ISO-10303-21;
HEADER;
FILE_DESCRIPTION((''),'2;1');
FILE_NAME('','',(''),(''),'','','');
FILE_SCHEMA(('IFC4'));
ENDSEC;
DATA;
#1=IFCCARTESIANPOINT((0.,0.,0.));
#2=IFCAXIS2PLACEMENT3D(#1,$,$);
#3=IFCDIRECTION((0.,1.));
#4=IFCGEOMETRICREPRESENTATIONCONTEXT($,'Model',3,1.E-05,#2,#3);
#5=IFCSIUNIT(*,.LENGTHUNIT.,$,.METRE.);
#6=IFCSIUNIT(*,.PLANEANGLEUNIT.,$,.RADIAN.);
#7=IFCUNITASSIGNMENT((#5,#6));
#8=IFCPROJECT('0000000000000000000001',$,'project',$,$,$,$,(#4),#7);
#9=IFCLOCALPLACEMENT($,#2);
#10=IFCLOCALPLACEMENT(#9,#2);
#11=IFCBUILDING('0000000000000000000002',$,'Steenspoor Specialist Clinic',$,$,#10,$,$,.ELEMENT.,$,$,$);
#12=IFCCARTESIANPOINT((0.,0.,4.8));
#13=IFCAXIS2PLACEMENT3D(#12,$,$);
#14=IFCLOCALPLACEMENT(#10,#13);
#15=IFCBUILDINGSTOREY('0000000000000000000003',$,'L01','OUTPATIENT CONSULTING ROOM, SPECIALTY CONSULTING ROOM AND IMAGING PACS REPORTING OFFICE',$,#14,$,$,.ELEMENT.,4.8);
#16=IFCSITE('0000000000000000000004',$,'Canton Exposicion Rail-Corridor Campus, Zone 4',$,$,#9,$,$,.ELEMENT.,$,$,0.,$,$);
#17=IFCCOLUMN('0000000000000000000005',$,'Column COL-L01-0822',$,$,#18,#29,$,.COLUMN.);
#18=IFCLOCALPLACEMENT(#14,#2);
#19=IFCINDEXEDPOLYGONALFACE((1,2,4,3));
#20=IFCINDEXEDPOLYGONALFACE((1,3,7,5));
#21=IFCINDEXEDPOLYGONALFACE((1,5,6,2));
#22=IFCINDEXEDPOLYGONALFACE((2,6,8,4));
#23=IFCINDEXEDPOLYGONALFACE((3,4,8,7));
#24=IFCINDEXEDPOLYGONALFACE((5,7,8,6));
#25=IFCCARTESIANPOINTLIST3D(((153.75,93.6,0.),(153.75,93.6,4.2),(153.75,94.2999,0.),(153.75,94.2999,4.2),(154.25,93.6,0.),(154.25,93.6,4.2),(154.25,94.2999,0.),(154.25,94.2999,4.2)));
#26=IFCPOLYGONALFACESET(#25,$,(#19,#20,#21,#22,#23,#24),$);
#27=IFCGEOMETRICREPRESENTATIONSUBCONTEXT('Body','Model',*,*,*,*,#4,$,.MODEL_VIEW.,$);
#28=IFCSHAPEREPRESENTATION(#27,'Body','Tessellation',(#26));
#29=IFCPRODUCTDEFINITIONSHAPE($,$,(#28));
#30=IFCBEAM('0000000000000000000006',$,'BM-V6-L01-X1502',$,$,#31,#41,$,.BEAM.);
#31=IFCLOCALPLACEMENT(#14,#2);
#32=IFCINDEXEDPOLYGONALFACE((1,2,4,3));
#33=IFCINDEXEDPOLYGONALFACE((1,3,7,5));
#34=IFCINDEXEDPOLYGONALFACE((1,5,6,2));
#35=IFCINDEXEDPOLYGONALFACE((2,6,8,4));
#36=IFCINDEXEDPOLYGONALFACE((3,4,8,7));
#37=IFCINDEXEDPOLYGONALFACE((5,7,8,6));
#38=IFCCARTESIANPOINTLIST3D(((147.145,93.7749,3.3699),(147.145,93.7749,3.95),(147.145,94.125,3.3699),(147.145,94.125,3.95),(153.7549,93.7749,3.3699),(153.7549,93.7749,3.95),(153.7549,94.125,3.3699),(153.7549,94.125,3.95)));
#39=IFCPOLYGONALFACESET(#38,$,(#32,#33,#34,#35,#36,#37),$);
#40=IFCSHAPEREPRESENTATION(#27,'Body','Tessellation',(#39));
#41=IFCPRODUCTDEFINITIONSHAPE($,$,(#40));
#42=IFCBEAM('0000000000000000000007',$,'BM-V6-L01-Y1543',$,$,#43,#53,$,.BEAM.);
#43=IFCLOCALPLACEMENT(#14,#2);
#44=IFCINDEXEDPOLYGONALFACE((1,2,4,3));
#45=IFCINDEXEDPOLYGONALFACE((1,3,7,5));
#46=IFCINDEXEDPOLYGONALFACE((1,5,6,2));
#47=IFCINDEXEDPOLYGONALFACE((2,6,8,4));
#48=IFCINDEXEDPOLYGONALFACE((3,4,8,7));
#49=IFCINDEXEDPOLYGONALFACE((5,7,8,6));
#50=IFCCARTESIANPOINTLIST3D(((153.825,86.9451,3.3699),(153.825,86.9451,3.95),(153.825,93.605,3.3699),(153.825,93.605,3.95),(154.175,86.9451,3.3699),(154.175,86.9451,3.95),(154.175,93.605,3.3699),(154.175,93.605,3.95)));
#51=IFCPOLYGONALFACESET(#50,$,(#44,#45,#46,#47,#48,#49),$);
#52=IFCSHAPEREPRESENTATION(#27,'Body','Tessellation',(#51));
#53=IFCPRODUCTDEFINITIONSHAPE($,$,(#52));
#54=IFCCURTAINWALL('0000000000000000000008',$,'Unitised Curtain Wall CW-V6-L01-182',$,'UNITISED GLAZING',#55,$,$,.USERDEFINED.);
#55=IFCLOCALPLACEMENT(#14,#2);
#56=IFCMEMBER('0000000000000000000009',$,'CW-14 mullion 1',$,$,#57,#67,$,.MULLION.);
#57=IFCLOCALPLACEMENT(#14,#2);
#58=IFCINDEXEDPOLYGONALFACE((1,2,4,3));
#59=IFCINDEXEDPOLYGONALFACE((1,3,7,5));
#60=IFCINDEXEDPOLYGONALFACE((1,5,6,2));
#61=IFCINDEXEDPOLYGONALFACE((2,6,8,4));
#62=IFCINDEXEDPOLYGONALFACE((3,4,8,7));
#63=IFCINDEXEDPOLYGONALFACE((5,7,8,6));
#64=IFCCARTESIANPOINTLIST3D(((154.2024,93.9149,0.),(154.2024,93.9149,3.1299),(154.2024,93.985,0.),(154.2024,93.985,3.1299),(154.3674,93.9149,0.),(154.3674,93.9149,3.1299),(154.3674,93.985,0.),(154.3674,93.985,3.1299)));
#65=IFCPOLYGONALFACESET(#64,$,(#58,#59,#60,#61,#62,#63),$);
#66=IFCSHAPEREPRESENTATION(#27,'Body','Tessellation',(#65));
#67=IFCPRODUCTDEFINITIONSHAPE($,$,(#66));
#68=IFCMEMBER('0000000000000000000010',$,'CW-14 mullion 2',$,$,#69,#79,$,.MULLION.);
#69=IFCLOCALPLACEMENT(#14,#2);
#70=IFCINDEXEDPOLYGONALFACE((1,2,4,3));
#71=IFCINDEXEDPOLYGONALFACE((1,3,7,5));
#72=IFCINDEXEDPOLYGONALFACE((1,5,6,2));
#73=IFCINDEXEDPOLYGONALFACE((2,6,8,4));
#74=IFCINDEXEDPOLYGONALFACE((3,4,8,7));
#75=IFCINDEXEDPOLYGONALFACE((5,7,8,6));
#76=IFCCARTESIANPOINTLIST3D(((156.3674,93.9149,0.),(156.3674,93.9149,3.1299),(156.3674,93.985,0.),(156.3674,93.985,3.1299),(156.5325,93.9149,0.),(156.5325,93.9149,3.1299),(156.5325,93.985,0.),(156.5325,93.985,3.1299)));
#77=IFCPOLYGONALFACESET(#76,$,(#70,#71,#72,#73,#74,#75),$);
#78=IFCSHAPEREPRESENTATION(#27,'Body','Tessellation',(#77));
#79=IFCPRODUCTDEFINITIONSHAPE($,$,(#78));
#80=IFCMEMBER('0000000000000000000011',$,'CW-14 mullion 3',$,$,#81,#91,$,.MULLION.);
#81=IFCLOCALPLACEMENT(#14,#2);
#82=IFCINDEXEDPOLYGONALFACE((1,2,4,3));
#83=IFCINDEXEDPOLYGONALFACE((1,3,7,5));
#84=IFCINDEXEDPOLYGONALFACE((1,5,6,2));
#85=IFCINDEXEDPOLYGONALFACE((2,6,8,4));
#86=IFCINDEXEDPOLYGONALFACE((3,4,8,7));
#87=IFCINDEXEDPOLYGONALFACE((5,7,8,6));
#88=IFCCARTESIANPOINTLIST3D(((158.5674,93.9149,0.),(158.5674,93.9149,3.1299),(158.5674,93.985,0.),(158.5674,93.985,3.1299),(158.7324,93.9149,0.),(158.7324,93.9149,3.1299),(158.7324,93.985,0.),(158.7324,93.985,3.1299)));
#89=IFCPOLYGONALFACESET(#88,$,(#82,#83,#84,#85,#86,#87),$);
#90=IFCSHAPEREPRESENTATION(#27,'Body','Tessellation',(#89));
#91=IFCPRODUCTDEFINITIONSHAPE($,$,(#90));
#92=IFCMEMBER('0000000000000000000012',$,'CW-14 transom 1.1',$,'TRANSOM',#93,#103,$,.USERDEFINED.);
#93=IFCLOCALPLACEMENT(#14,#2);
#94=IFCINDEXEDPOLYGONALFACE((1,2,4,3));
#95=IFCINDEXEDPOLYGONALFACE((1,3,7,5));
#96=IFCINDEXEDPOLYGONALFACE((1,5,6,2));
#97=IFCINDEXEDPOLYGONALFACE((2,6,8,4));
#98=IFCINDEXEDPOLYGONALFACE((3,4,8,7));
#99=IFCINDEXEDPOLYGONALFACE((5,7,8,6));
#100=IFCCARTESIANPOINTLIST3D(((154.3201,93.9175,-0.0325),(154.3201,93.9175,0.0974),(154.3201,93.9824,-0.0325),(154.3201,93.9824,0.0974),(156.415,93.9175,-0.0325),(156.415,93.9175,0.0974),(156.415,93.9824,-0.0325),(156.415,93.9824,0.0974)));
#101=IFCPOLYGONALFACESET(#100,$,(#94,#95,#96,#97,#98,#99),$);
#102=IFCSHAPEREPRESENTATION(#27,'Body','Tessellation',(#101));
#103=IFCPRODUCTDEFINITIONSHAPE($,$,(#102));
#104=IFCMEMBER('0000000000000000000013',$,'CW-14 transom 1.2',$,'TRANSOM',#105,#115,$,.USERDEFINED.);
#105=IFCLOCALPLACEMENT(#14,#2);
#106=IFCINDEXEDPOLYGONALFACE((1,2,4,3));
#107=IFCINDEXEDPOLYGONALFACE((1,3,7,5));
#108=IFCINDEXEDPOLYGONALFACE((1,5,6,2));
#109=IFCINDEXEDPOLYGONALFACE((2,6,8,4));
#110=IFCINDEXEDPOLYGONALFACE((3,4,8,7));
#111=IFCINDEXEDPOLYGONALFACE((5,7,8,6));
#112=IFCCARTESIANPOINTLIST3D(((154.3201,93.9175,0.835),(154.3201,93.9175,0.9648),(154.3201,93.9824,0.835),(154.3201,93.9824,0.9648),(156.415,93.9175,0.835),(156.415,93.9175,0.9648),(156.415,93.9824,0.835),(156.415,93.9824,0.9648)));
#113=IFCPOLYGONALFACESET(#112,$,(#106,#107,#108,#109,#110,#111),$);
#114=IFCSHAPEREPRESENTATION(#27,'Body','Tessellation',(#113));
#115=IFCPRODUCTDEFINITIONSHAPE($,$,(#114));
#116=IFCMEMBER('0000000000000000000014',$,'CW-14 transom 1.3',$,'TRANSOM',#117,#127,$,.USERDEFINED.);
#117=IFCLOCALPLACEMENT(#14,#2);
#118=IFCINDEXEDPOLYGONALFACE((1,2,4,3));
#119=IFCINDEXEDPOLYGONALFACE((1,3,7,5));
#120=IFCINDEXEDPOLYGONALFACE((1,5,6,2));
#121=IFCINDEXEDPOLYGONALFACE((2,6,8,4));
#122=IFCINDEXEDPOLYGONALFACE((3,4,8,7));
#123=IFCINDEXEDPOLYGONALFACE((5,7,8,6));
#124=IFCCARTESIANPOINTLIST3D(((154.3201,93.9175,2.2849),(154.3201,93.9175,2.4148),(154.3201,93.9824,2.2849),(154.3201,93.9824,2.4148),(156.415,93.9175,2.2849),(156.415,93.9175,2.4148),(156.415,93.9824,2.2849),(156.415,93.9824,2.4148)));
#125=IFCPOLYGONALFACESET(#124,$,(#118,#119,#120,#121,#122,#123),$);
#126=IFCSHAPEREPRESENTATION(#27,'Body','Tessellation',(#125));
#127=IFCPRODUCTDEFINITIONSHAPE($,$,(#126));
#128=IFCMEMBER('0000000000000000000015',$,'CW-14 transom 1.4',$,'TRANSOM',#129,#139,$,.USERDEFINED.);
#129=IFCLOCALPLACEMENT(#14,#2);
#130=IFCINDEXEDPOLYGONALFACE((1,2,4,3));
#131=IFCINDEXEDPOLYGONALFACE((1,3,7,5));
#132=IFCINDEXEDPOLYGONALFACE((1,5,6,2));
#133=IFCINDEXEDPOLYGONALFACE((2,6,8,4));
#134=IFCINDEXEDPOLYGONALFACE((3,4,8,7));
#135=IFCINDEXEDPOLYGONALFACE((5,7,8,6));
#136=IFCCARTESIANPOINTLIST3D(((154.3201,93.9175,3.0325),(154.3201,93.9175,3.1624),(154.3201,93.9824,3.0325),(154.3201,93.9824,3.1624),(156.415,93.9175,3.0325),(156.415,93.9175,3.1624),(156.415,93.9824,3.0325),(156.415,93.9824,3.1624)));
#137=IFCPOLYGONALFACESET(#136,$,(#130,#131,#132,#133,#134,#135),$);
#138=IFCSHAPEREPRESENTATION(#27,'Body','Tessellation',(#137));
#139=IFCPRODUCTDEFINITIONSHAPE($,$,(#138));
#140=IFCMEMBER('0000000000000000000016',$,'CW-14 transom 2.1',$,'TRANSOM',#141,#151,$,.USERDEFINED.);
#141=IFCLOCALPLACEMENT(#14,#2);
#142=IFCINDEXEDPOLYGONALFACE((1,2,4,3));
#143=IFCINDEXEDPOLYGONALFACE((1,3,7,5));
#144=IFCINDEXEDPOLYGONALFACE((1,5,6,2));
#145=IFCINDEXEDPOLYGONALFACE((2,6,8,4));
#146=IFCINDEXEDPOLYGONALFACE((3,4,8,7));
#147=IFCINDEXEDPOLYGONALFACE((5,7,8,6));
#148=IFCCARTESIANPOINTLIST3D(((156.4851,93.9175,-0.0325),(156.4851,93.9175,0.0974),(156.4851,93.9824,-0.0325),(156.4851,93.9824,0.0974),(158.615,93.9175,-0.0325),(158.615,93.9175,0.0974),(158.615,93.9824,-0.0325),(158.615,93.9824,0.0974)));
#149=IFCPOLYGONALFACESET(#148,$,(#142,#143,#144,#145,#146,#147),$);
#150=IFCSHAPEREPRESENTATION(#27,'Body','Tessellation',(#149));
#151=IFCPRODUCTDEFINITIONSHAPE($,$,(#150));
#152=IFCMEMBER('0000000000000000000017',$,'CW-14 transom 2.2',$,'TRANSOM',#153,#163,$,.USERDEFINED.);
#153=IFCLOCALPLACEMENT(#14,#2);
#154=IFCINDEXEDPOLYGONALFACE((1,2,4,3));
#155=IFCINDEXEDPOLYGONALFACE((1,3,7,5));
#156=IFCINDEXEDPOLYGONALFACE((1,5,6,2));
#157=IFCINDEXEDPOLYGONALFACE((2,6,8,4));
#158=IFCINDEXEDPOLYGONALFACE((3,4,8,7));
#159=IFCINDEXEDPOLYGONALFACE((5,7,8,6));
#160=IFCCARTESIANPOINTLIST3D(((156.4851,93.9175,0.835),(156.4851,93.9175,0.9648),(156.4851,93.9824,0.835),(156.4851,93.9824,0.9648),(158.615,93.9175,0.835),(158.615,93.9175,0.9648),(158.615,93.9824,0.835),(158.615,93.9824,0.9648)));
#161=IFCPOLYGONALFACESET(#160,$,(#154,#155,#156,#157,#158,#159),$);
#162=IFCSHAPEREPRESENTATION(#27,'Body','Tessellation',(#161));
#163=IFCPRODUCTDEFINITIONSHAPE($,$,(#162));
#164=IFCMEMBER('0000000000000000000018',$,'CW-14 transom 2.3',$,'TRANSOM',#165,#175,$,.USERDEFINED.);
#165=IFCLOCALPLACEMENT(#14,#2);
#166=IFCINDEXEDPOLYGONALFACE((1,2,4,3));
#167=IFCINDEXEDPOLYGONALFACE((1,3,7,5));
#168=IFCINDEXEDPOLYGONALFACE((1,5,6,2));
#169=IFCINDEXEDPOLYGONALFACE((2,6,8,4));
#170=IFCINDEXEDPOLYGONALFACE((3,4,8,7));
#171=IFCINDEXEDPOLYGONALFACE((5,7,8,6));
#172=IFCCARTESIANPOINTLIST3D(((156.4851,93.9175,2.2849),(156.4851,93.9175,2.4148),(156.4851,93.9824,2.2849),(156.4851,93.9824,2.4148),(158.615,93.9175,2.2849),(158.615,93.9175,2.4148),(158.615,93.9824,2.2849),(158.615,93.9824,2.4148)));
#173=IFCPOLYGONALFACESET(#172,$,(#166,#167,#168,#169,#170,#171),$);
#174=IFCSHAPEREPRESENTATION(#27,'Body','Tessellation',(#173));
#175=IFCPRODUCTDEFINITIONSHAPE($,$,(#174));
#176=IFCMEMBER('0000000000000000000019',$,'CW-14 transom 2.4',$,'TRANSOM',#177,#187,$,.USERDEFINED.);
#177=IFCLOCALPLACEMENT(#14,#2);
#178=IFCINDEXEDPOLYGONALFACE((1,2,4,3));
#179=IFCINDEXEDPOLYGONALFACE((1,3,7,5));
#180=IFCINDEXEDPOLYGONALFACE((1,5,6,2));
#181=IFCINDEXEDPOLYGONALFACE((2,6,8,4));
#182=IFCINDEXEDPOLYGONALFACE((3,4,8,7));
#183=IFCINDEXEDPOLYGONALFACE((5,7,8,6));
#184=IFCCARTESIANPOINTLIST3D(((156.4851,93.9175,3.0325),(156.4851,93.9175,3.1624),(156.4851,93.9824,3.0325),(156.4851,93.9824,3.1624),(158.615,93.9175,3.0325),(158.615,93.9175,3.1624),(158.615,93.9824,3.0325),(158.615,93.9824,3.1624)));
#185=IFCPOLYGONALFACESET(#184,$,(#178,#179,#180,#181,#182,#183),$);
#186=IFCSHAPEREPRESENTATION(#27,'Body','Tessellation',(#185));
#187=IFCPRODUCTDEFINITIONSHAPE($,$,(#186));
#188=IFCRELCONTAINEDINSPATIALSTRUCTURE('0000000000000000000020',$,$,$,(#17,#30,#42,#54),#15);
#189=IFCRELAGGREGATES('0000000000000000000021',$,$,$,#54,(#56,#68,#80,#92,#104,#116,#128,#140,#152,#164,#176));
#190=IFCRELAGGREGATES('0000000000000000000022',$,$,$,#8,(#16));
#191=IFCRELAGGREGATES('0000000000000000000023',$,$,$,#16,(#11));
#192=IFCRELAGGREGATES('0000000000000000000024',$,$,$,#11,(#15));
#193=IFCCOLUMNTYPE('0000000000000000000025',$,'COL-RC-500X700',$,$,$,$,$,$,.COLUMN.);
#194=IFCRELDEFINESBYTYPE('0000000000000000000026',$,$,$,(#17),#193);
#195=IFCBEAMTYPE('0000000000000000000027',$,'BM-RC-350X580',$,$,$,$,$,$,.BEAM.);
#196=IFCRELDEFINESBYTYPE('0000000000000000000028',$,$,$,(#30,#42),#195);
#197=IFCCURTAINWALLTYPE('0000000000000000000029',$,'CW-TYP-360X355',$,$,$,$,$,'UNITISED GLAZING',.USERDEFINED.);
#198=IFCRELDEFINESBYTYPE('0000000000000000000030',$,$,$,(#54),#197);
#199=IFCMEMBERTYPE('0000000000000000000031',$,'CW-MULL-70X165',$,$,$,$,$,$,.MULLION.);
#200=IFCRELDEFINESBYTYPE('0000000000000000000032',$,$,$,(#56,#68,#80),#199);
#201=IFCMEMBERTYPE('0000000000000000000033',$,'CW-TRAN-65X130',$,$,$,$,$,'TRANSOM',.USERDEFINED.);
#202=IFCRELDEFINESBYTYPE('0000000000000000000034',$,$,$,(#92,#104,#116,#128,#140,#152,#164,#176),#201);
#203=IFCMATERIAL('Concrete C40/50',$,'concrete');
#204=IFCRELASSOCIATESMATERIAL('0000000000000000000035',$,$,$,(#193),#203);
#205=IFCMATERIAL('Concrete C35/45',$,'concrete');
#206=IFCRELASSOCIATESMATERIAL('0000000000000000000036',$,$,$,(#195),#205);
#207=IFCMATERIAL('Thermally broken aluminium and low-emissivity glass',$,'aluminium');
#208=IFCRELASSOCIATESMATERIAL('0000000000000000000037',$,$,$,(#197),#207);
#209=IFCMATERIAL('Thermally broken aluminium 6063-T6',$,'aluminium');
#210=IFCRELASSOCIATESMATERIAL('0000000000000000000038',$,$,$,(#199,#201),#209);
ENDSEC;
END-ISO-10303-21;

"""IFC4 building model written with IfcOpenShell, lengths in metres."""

from ifc_helpers import new_model, si_unit, direction, frame, origin, origin_2d, place, context, subcontext, project, spatial, rectangle, extrude, material, material_profile, profile_set, type_object, element, aggregate, save


model = new_model("IFC4")

# Units and contexts
model_context = context("Model", 3, precision=1e-05, world=origin(), true_north=direction((0.0, 1.0)))
body_context = subcontext(model_context, "Body", "Model", "MODEL_VIEW")
ifc_project = project(units=[si_unit("LENGTHUNIT", "METRE"), si_unit("PLANEANGLEUNIT", "RADIAN")], contexts=[model_context])

# Site, building, storey
site_placement = place(None, origin())
site = spatial("IfcSite", under=ifc_project, at=site_placement, Name="Canton Exposicion Rail-Corridor Campus, Zone 4", CompositionType="ELEMENT", RefElevation=0.0)
building_placement = place(site_placement, origin())
building = spatial("IfcBuilding", under=site, at=building_placement, Name="Steenspoor Specialist Clinic", CompositionType="ELEMENT")
storey_placement = place(building_placement, frame((0.0, 0.0, 4.8)))
storey = spatial("IfcBuildingStorey", under=building, at=storey_placement, Name="L01", Description="OUTPATIENT CONSULTING ROOM, SPECIALTY CONSULTING ROOM AND IMAGING PACS REPORTING OFFICE", CompositionType="ELEMENT", Elevation=4.8)

# Column
ifc_material_1 = material(Name="Concrete C40/50", Category="concrete")
ifc_material_profile_1 = material_profile(ifc_material_1, rectangle(XDim=0.5, YDim=0.7, at=origin_2d()), Name="RC-COL-500X700")
ifc_profile_set_1 = profile_set([ifc_material_profile_1], Name="Concrete C40/50")
column_type = type_object("IfcColumnType", Name="COL-RC-500X700", PredefinedType="COLUMN", material=ifc_profile_set_1)
column_placement = place(storey_placement, frame((154.0, 93.95, 0.0), z_axis=(0.0, 0.0, 1.0), x_axis=(1.0, 0.0, 0.0)))
element("IfcColumn", 1, at=column_placement, inside=storey, type_object=column_type, Name="Column COL-L01-0822", PredefinedType="COLUMN", context=body_context, shape_type="SweptSolid", body=[
    extrude(rectangle(XDim=0.5, YDim=0.7, at=origin_2d()), origin(), (0.0, 0.0, 1.0), 4.2),
])

# Beams
ifc_material_2 = material(Name="Concrete C35/45", Category="concrete")
ifc_material_profile_2 = material_profile(ifc_material_2, rectangle(XDim=0.3501, YDim=0.5801, at=origin_2d()), Name="RC-BM-350X580")
ifc_profile_set_2 = profile_set([ifc_material_profile_2], Name="Concrete C35/45")
beam_type_1 = type_object("IfcBeamType", Name="BM-RC-350X580", PredefinedType="BEAM", material=ifc_profile_set_2)
beam_1_placement = place(storey_placement, frame((147.145, 93.95, 3.6599), z_axis=(1.0, 0.0, 0.0), x_axis=(0.0, 1.0, 0.0)))
element("IfcBeam", 2, at=beam_1_placement, inside=storey, type_object=beam_type_1, Name="BM-V6-L01-X1502", PredefinedType="BEAM", context=body_context, shape_type="SweptSolid", body=[
    extrude(rectangle(XDim=0.3501, YDim=0.5801, at=origin_2d()), origin(), (0.0, 0.0, 1.0), 6.6099),
])
beam_2_placement = place(storey_placement, frame((154.0, 86.9451, 3.6599), z_axis=(0.0, 1.0, 0.0), x_axis=(-1.0, 0.0, 0.0)))
element("IfcBeam", 3, at=beam_2_placement, inside=storey, type_object=beam_type_1, Name="BM-V6-L01-Y1543", PredefinedType="BEAM", context=body_context, shape_type="SweptSolid", body=[
    extrude(rectangle(XDim=0.3501, YDim=0.5801, at=origin_2d()), origin(), (0.0, 0.0, 1.0), 6.6599),
])

# Curtain wall, members
ifc_material_3 = material(Name="Thermally broken aluminium and low-emissivity glass", Category="aluminium")
curtain_wall_type = type_object("IfcCurtainWallType", Name="CW-TYP-360X355", ElementType="UNITISED GLAZING", PredefinedType="USERDEFINED", material=ifc_material_3)
curtain_wall_placement = place(storey_placement, origin())
curtain_wall = element("IfcCurtainWall", 4, at=curtain_wall_placement, inside=storey, type_object=curtain_wall_type, Name="Unitised Curtain Wall CW-V6-L01-182", ObjectType="UNITISED GLAZING", PredefinedType="USERDEFINED")
ifc_material_4 = material(Name="Thermally broken aluminium 6063-T6", Category="aluminium")
ifc_material_profile_3 = material_profile(ifc_material_4, rectangle(XDim=0.0701, YDim=0.165, at=origin_2d()), Name="CWM-70X165")
ifc_profile_set_3 = profile_set([ifc_material_profile_3], Name="Thermally broken aluminium 6063-T6")
member_type_1 = type_object("IfcMemberType", Name="CW-MULL-70X165", PredefinedType="MULLION", material=ifc_profile_set_3)
member_1_placement = place(storey_placement, frame((154.2849, 93.95, 0.0), z_axis=(0.0, 0.0, 1.0), x_axis=(0.0, 1.0, 0.0)))
member_1 = element("IfcMember", 5, at=member_1_placement, type_object=member_type_1, Name="CW-14 mullion 1", PredefinedType="MULLION", context=body_context, shape_type="SweptSolid", body=[
    extrude(rectangle(XDim=0.0701, YDim=0.165, at=origin_2d()), origin(), (0.0, 0.0, 1.0), 3.1299),
])
member_2_placement = place(storey_placement, frame((156.45, 93.95, 0.0), z_axis=(0.0, 0.0, 1.0), x_axis=(0.0, 1.0, 0.0)))
member_2 = element("IfcMember", 6, at=member_2_placement, type_object=member_type_1, Name="CW-14 mullion 2", PredefinedType="MULLION", context=body_context, shape_type="SweptSolid", body=[
    extrude(rectangle(XDim=0.0701, YDim=0.165, at=origin_2d()), origin(), (0.0, 0.0, 1.0), 3.1299),
])
member_3_placement = place(storey_placement, frame((158.6499, 93.95, 0.0), z_axis=(0.0, 0.0, 1.0), x_axis=(0.0, 1.0, 0.0)))
member_3 = element("IfcMember", 7, at=member_3_placement, type_object=member_type_1, Name="CW-14 mullion 3", PredefinedType="MULLION", context=body_context, shape_type="SweptSolid", body=[
    extrude(rectangle(XDim=0.0701, YDim=0.165, at=origin_2d()), origin(), (0.0, 0.0, 1.0), 3.1299),
])
ifc_material_profile_4 = material_profile(ifc_material_4, rectangle(XDim=0.0649, YDim=0.1299, at=origin_2d()), Name="CWT-65X130")
ifc_profile_set_4 = profile_set([ifc_material_profile_4], Name="Thermally broken aluminium 6063-T6")
member_type_2 = type_object("IfcMemberType", Name="CW-TRAN-65X130", ElementType="TRANSOM", PredefinedType="USERDEFINED", material=ifc_profile_set_4)
member_4_placement = place(storey_placement, frame((154.3201, 93.95, 0.0325), z_axis=(1.0, 0.0, 0.0), x_axis=(0.0, 1.0, 0.0)))
member_4 = element("IfcMember", 8, at=member_4_placement, type_object=member_type_2, Name="CW-14 transom 1.1", ObjectType="TRANSOM", PredefinedType="USERDEFINED", context=body_context, shape_type="SweptSolid", body=[
    extrude(rectangle(XDim=0.0649, YDim=0.1299, at=origin_2d()), origin(), (0.0, 0.0, 1.0), 2.095),
])
member_5_placement = place(storey_placement, frame((154.3201, 93.95, 0.8999), z_axis=(1.0, 0.0, 0.0), x_axis=(0.0, 1.0, 0.0)))
member_5 = element("IfcMember", 9, at=member_5_placement, type_object=member_type_2, Name="CW-14 transom 1.2", ObjectType="TRANSOM", PredefinedType="USERDEFINED", context=body_context, shape_type="SweptSolid", body=[
    extrude(rectangle(XDim=0.0649, YDim=0.1299, at=origin_2d()), origin(), (0.0, 0.0, 1.0), 2.095),
])
member_6_placement = place(storey_placement, frame((154.3201, 93.95, 2.3499), z_axis=(1.0, 0.0, 0.0), x_axis=(0.0, 1.0, 0.0)))
member_6 = element("IfcMember", 10, at=member_6_placement, type_object=member_type_2, Name="CW-14 transom 1.3", ObjectType="TRANSOM", PredefinedType="USERDEFINED", context=body_context, shape_type="SweptSolid", body=[
    extrude(rectangle(XDim=0.0649, YDim=0.1299, at=origin_2d()), origin(), (0.0, 0.0, 1.0), 2.095),
])
member_7_placement = place(storey_placement, frame((154.3201, 93.95, 3.0974), z_axis=(1.0, 0.0, 0.0), x_axis=(0.0, 1.0, 0.0)))
member_7 = element("IfcMember", 11, at=member_7_placement, type_object=member_type_2, Name="CW-14 transom 1.4", ObjectType="TRANSOM", PredefinedType="USERDEFINED", context=body_context, shape_type="SweptSolid", body=[
    extrude(rectangle(XDim=0.0649, YDim=0.1299, at=origin_2d()), origin(), (0.0, 0.0, 1.0), 2.095),
])
member_8_placement = place(storey_placement, frame((156.4851, 93.95, 0.0325), z_axis=(1.0, 0.0, 0.0), x_axis=(0.0, 1.0, 0.0)))
member_8 = element("IfcMember", 12, at=member_8_placement, type_object=member_type_2, Name="CW-14 transom 2.1", ObjectType="TRANSOM", PredefinedType="USERDEFINED", context=body_context, shape_type="SweptSolid", body=[
    extrude(rectangle(XDim=0.0649, YDim=0.1299, at=origin_2d()), origin(), (0.0, 0.0, 1.0), 2.1299),
])
member_9_placement = place(storey_placement, frame((156.4851, 93.95, 0.8999), z_axis=(1.0, 0.0, 0.0), x_axis=(0.0, 1.0, 0.0)))
member_9 = element("IfcMember", 13, at=member_9_placement, type_object=member_type_2, Name="CW-14 transom 2.2", ObjectType="TRANSOM", PredefinedType="USERDEFINED", context=body_context, shape_type="SweptSolid", body=[
    extrude(rectangle(XDim=0.0649, YDim=0.1299, at=origin_2d()), origin(), (0.0, 0.0, 1.0), 2.1299),
])
member_10_placement = place(storey_placement, frame((156.4851, 93.95, 2.3499), z_axis=(1.0, 0.0, 0.0), x_axis=(0.0, 1.0, 0.0)))
member_10 = element("IfcMember", 14, at=member_10_placement, type_object=member_type_2, Name="CW-14 transom 2.3", ObjectType="TRANSOM", PredefinedType="USERDEFINED", context=body_context, shape_type="SweptSolid", body=[
    extrude(rectangle(XDim=0.0649, YDim=0.1299, at=origin_2d()), origin(), (0.0, 0.0, 1.0), 2.1299),
])
member_11_placement = place(storey_placement, frame((156.4851, 93.95, 3.0974), z_axis=(1.0, 0.0, 0.0), x_axis=(0.0, 1.0, 0.0)))
member_11 = element("IfcMember", 15, at=member_11_placement, type_object=member_type_2, Name="CW-14 transom 2.4", ObjectType="TRANSOM", PredefinedType="USERDEFINED", context=body_context, shape_type="SweptSolid", body=[
    extrude(rectangle(XDim=0.0649, YDim=0.1299, at=origin_2d()), origin(), (0.0, 0.0, 1.0), 2.1299),
])

aggregate(curtain_wall, [member_1, member_2, member_3, member_4, member_5, member_6, member_7, member_8, member_9, member_10, member_11])

save(model, "model.ifc")
